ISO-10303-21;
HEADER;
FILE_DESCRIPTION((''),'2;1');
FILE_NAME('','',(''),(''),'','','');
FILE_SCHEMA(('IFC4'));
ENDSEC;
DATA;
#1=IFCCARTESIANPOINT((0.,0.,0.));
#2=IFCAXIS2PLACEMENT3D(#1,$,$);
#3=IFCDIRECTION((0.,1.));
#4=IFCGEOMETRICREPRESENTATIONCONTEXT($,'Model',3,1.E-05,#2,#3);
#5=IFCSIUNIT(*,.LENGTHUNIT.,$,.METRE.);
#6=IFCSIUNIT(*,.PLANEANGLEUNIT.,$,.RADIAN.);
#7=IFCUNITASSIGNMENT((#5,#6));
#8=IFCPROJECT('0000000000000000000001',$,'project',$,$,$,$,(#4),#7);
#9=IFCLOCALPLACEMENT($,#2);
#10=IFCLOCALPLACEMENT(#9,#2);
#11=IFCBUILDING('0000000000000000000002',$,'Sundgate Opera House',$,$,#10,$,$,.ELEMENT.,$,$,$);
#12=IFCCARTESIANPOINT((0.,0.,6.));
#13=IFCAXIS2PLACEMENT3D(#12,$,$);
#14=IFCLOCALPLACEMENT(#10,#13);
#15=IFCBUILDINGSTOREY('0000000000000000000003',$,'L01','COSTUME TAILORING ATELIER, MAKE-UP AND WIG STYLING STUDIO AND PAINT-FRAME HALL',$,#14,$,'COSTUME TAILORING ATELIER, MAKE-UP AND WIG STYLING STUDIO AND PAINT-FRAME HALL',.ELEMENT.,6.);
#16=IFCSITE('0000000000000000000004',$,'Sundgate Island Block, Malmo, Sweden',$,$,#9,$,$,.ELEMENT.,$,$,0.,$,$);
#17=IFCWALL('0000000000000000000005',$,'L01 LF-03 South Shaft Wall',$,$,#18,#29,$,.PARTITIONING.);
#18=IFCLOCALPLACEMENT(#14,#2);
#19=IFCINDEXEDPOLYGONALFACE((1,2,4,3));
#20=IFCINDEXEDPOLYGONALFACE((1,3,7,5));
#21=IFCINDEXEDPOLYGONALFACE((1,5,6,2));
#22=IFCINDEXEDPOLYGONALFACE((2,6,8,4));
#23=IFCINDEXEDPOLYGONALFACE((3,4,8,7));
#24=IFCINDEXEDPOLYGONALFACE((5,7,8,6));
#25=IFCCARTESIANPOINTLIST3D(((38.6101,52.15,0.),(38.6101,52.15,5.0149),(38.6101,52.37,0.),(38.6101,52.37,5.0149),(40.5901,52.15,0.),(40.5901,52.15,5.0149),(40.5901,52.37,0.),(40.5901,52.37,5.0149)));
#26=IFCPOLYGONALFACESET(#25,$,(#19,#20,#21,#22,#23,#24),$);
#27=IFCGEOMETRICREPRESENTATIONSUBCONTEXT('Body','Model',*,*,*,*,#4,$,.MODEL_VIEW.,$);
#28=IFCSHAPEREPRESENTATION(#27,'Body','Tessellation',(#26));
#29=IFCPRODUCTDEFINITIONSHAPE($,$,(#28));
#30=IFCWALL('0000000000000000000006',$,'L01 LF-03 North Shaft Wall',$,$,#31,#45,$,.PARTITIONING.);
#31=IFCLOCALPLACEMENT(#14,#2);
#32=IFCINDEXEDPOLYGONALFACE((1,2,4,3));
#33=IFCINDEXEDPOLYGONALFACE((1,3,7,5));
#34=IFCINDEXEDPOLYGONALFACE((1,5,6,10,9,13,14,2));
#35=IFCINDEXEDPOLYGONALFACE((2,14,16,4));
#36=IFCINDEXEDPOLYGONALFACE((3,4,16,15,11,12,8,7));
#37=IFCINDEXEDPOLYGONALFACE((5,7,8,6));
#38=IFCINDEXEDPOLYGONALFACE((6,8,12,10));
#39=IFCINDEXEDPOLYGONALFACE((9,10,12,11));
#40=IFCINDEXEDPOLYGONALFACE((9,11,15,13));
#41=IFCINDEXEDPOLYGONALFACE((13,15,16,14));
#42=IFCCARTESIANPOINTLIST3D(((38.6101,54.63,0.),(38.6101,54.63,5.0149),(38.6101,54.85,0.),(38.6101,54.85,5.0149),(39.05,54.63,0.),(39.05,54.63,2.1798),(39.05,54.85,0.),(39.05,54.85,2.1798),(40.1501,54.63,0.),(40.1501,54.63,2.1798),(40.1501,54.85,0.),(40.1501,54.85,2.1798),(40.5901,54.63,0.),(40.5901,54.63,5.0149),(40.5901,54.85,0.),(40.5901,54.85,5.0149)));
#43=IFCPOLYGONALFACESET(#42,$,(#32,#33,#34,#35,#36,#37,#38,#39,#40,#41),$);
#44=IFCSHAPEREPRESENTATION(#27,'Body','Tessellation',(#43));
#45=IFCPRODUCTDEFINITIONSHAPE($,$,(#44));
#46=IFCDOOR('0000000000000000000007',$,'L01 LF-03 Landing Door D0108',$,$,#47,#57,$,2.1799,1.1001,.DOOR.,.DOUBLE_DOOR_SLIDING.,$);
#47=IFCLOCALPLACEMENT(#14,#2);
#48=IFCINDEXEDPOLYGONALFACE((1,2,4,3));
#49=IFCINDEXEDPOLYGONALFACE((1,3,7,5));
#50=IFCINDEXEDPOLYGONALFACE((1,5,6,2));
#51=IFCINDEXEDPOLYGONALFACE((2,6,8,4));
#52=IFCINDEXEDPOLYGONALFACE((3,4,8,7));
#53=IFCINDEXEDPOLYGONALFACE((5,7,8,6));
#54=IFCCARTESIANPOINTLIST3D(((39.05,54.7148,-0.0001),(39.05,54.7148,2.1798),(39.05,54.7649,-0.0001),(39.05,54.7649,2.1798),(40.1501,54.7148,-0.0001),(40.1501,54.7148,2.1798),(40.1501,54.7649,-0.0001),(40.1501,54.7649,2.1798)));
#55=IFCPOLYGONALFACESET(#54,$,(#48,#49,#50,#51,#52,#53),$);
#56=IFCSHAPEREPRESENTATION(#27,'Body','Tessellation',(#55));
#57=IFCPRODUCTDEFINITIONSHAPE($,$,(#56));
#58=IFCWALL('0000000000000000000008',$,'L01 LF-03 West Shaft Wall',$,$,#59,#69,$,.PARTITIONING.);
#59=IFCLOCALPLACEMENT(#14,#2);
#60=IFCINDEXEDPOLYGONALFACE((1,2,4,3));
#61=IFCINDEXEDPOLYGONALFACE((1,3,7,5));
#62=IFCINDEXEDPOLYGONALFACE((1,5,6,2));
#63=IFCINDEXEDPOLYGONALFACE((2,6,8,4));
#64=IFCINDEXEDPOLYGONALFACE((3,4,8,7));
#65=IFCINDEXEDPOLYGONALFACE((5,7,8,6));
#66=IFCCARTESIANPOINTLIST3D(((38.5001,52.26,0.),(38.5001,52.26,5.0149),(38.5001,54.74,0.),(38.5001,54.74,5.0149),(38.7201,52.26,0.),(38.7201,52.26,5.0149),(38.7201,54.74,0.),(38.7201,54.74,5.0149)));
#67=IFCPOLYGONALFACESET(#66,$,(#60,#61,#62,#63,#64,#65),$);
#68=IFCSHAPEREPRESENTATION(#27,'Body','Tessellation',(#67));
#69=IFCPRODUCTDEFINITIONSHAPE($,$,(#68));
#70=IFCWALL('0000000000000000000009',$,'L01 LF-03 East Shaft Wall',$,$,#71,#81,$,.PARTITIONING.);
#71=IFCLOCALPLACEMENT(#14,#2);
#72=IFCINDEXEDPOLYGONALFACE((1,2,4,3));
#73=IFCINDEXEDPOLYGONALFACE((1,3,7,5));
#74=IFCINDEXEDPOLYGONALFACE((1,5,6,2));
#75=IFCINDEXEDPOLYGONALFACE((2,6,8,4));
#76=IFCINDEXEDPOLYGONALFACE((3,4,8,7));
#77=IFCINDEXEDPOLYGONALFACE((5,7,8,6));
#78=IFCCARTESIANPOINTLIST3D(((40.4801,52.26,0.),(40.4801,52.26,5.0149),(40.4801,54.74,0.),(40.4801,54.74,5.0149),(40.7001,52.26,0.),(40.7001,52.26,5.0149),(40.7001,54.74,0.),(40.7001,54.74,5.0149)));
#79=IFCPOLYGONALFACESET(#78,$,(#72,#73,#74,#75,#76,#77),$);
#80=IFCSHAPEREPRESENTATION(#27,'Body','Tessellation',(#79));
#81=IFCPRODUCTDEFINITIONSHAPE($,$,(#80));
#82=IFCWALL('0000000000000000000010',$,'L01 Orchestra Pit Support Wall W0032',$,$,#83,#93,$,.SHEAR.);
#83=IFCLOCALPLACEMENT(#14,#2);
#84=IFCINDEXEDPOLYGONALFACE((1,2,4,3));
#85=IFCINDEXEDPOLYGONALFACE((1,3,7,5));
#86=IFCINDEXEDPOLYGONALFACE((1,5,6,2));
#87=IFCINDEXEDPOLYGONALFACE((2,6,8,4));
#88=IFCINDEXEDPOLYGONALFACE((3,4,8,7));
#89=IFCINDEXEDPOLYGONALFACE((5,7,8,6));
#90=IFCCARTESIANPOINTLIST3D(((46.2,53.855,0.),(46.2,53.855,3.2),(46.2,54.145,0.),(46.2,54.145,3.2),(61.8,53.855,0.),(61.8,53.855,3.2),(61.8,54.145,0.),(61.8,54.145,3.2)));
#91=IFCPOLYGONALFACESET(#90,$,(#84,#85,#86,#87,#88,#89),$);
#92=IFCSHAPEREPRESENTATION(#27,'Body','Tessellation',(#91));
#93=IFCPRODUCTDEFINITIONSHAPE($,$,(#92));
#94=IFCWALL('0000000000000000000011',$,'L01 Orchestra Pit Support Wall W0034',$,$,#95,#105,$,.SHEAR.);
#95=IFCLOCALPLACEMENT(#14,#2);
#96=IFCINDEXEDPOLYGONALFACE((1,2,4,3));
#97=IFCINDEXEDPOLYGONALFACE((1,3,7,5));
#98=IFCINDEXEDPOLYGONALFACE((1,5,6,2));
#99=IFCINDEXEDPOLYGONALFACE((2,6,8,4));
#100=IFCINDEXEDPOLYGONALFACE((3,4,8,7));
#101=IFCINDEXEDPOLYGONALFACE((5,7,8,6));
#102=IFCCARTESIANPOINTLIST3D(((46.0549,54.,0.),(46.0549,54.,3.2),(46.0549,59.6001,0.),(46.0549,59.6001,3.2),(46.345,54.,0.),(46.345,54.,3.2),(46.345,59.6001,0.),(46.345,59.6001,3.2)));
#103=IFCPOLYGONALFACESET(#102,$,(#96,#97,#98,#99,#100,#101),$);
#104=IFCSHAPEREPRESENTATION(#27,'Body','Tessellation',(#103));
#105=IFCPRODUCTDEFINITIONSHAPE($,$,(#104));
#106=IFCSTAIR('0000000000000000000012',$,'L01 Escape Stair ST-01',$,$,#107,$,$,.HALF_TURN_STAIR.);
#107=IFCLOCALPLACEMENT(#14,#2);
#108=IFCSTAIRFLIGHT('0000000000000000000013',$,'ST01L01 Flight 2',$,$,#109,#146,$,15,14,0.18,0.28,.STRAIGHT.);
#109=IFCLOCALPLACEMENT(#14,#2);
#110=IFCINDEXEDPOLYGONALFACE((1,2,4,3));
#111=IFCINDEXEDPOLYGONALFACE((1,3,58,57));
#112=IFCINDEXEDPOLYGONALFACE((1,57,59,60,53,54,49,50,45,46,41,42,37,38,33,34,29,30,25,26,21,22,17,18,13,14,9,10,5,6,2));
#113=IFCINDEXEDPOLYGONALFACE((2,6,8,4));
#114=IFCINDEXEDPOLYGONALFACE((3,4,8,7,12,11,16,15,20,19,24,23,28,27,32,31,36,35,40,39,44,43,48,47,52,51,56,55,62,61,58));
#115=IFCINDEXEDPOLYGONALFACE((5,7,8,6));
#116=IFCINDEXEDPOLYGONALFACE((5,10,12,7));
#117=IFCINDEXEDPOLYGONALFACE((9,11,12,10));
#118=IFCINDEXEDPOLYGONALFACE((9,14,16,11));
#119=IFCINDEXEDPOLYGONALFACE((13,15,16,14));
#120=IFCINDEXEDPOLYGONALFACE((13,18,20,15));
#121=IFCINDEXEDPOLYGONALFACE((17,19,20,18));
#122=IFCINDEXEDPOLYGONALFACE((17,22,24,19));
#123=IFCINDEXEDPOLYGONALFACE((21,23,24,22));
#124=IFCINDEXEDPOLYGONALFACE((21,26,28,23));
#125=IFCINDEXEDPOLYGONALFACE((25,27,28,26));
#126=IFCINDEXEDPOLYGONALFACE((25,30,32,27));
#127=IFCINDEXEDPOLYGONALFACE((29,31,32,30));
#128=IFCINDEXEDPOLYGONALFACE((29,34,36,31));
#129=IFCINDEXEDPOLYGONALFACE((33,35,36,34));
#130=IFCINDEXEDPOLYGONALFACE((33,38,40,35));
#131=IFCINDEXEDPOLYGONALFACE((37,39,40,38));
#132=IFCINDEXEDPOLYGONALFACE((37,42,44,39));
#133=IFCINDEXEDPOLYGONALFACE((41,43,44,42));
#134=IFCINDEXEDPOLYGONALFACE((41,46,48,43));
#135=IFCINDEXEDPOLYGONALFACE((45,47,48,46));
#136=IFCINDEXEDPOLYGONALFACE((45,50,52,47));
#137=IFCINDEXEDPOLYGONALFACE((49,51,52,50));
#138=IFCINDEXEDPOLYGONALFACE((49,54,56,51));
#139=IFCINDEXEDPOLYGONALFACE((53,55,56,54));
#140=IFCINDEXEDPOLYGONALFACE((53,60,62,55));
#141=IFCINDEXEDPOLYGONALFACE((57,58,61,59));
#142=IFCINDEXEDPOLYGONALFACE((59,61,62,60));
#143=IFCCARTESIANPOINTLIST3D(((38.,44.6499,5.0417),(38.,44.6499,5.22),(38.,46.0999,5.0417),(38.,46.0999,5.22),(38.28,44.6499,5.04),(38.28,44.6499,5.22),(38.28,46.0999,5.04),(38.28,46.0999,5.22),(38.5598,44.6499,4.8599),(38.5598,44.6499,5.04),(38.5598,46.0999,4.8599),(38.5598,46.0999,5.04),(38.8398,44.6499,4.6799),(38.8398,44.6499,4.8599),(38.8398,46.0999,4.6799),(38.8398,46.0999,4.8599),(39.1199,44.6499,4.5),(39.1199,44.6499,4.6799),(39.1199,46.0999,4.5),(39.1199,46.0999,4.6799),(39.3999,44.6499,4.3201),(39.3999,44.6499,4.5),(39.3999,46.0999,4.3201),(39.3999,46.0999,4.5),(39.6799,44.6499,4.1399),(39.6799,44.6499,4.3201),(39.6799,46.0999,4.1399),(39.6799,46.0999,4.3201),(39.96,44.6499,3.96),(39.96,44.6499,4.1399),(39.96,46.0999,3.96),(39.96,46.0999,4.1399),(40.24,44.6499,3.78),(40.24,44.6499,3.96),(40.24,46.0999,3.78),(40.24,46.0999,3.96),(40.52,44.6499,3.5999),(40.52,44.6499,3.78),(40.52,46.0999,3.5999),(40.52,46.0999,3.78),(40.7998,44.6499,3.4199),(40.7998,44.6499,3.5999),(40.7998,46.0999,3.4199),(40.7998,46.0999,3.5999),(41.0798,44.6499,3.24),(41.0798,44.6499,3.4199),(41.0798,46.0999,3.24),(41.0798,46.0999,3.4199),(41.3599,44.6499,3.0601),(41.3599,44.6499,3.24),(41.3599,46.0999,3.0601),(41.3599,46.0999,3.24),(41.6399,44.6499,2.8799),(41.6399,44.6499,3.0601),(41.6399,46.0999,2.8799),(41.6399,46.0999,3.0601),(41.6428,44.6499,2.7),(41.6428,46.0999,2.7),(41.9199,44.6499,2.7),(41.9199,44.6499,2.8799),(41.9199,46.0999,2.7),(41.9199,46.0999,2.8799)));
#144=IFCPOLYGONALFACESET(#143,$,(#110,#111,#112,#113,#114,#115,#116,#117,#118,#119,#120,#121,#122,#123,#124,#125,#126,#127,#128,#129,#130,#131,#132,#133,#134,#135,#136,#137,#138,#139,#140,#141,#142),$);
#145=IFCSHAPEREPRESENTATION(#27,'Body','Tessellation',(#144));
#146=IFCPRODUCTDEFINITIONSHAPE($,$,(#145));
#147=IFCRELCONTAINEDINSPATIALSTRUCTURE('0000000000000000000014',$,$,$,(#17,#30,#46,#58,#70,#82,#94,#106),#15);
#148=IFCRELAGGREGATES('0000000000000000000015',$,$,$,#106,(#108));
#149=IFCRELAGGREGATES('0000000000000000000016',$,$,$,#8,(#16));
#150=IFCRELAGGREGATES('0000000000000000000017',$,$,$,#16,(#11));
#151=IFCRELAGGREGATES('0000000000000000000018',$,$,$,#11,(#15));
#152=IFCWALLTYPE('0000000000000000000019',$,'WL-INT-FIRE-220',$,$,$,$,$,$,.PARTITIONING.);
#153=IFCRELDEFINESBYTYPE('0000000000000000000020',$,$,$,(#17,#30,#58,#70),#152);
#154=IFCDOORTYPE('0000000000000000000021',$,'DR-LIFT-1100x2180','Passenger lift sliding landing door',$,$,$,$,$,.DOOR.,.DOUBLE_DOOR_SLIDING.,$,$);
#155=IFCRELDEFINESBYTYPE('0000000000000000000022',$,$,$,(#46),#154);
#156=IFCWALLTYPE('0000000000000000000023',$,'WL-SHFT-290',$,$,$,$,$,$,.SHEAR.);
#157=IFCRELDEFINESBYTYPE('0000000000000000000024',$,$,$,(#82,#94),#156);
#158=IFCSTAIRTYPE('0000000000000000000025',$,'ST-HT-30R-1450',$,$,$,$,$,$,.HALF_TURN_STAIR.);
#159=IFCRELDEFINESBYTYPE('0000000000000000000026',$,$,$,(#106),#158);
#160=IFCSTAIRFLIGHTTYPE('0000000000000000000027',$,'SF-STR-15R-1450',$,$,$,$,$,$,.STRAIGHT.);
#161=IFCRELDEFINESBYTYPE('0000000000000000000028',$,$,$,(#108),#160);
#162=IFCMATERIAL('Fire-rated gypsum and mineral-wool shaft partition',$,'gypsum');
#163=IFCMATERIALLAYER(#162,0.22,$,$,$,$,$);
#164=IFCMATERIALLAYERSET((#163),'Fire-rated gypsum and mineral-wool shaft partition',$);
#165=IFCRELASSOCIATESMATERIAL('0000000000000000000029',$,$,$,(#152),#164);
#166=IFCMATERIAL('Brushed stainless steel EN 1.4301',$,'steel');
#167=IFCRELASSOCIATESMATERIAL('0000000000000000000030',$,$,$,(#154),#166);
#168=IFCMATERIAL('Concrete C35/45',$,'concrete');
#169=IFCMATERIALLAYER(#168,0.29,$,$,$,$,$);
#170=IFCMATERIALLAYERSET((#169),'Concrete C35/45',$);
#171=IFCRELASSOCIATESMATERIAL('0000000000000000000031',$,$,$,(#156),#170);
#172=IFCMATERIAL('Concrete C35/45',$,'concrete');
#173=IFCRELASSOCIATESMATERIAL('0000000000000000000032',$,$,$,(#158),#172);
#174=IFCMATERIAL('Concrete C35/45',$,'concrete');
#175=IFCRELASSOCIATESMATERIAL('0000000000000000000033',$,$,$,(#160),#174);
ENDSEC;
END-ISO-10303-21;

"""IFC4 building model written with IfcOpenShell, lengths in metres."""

from ifc_helpers import new_model, si_unit, direction, frame, frame_2d, origin, place, context, subcontext, project, spatial, polyline, rectangle, outline, extrude, material, layer, layer_set, type_object, element, fill, aggregate, save


model = new_model("IFC4")

# Units and contexts
model_context = context("Model", 3, precision=1e-05, world=origin(), true_north=direction((0.0, 1.0)))
body_context = subcontext(model_context, "Body", "Model", "MODEL_VIEW")
ifc_project = project(units=[si_unit("LENGTHUNIT", "METRE"), si_unit("PLANEANGLEUNIT", "RADIAN")], contexts=[model_context])

# Site, building, storey
site_placement = place(None, origin())
site = spatial("IfcSite", under=ifc_project, at=site_placement, Name="Sundgate Island Block, Malmo, Sweden", CompositionType="ELEMENT", RefElevation=0.0)
building_placement = place(site_placement, origin())
building = spatial("IfcBuilding", under=site, at=building_placement, Name="Sundgate Opera House", CompositionType="ELEMENT")
storey_placement = place(building_placement, frame((0.0, 0.0, 6.0)))
storey = spatial("IfcBuildingStorey", under=building, at=storey_placement, Name="L01", Description="COSTUME TAILORING ATELIER, MAKE-UP AND WIG STYLING STUDIO AND PAINT-FRAME HALL", LongName="COSTUME TAILORING ATELIER, MAKE-UP AND WIG STYLING STUDIO AND PAINT-FRAME HALL", CompositionType="ELEMENT", Elevation=6.0)

# Wall
ifc_material_1 = material(Name="Fire-rated gypsum and mineral-wool shaft partition", Category="gypsum")
ifc_layer_1 = layer(ifc_material_1, 0.22)
ifc_layer_set_1 = layer_set([ifc_layer_1], Name="Fire-rated gypsum and mineral-wool shaft partition")
wall_type_1 = type_object("IfcWallType", Name="WL-INT-FIRE-220", PredefinedType="PARTITIONING", material=ifc_layer_set_1)
wall_1_placement = place(storey_placement, frame((38.6101, 52.26, 0.0), z_axis=(0.0, 0.0, 1.0), x_axis=(1.0, 0.0, 0.0)))
element("IfcWall", 1, at=wall_1_placement, inside=storey, type_object=wall_type_1, Name="L01 LF-03 South Shaft Wall", PredefinedType="PARTITIONING", context=body_context, shape_type="SweptSolid", body=[
    extrude(rectangle(XDim=1.98, YDim=0.22, at=frame_2d((0.99, 0.0))), origin(), (0.0, 0.0, 1.0), 5.0149),
])

# Wall, opening, door
wall_2_placement = place(storey_placement, frame((38.6101, 54.74, 0.0), z_axis=(0.0, 0.0, 1.0), x_axis=(1.0, 0.0, 0.0)))
wall_2 = element("IfcWall", 2, at=wall_2_placement, inside=storey, type_object=wall_type_1, Name="L01 LF-03 North Shaft Wall", PredefinedType="PARTITIONING", context=body_context, shape_type="SweptSolid", body=[
    extrude(rectangle(XDim=1.98, YDim=0.22, at=frame_2d((0.99, 0.0))), origin(), (0.0, 0.0, 1.0), 5.0149),
])
opening_1_placement = place(wall_2_placement, frame((0.4399, 0.0, 0.0)))
opening_1 = element("IfcOpeningElement", 3, at=opening_1_placement, cuts=wall_2, PredefinedType="OPENING", context=body_context, shape_type="SweptSolid", body=[
    extrude(rectangle(XDim=1.1001, YDim=2.1799, at=frame_2d((0.55, 1.0898))), frame((0.0, 0.1199, 0.0), z_axis=(0.0, -1.0, 0.0), x_axis=(1.0, 0.0, 0.0)), (0.0, 0.0, 1.0), 0.24),
])
ifc_material_2 = material(Name="Brushed stainless steel EN 1.4301", Category="steel")
door_type_1 = type_object("IfcDoorType", Name="DR-LIFT-1100x2180", Description="Passenger lift sliding landing door", OperationType="DOUBLE_DOOR_SLIDING", PredefinedType="DOOR", material=ifc_material_2)
door_1_placement = place(opening_1_placement, origin())
door_1 = element("IfcDoor", 4, at=door_1_placement, inside=storey, type_object=door_type_1, Name="L01 LF-03 Landing Door D0108", OperationType="DOUBLE_DOOR_SLIDING", OverallHeight=2.1799, OverallWidth=1.1001, PredefinedType="DOOR", context=body_context, shape_type="SweptSolid", body=[
    extrude(rectangle(XDim=1.1001, YDim=2.1799, at=frame_2d((0.55, 1.0898))), frame((0.0, 0.0249, 0.0), z_axis=(0.0, -1.0, 0.0), x_axis=(1.0, 0.0, 0.0)), (0.0, 0.0, 1.0), 0.05),
])
fill(opening_1, door_1)

# Walls
for number, where, z_axis, x_axis, name in (
    (5, (38.6101, 52.26, 0.0), (0.0, 0.0, 1.0), (0.0, 1.0, 0.0), "L01 LF-03 West Shaft Wall"),
    (6, (40.5901, 52.26, 0.0), (0.0, 0.0, 1.0), (0.0, 1.0, 0.0), "L01 LF-03 East Shaft Wall"),
):
    element("IfcWall", number, at=place(storey_placement, frame(where, z_axis=z_axis, x_axis=x_axis)), inside=storey, type_object=wall_type_1, Name=name, PredefinedType="PARTITIONING", context=body_context, shape_type="SweptSolid", body=[
        extrude(rectangle(XDim=2.48, YDim=0.22, at=frame_2d((1.24, 0.0))), origin(), (0.0, 0.0, 1.0), 5.0149),
    ])
ifc_material_3 = material(Name="Concrete C35/45", Category="concrete")
ifc_layer_2 = layer(ifc_material_3, 0.29)
ifc_layer_set_2 = layer_set([ifc_layer_2], Name="Concrete C35/45")
wall_type_2 = type_object("IfcWallType", Name="WL-SHFT-290", PredefinedType="SHEAR", material=ifc_layer_set_2)
wall_3_placement = place(storey_placement, frame((46.2, 54.0, 0.0), z_axis=(0.0, 0.0, 1.0), x_axis=(1.0, 0.0, 0.0)))
element("IfcWall", 7, at=wall_3_placement, inside=storey, type_object=wall_type_2, Name="L01 Orchestra Pit Support Wall W0032", PredefinedType="SHEAR", context=body_context, shape_type="SweptSolid", body=[
    extrude(rectangle(XDim=15.6001, YDim=0.29, at=frame_2d((7.8, 0.0))), origin(), (0.0, 0.0, 1.0), 3.2),
])
wall_4_placement = place(storey_placement, frame((46.2, 54.0, 0.0), z_axis=(0.0, 0.0, 1.0), x_axis=(0.0, 1.0, 0.0)))
element("IfcWall", 8, at=wall_4_placement, inside=storey, type_object=wall_type_2, Name="L01 Orchestra Pit Support Wall W0034", PredefinedType="SHEAR", context=body_context, shape_type="SweptSolid", body=[
    extrude(rectangle(XDim=5.6001, YDim=0.29, at=frame_2d((2.8, 0.0))), origin(), (0.0, 0.0, 1.0), 3.2),
])

# Stair, stair flight
ifc_material_4 = material(Name="Concrete C35/45", Category="concrete")
stair_type = type_object("IfcStairType", Name="ST-HT-30R-1450", PredefinedType="HALF_TURN_STAIR", material=ifc_material_4)
stair_placement = place(storey_placement, origin())
stair = element("IfcStair", 9, at=stair_placement, inside=storey, type_object=stair_type, Name="L01 Escape Stair ST-01", PredefinedType="HALF_TURN_STAIR")
ifc_material_5 = material(Name="Concrete C35/45", Category="concrete")
stair_flight_type = type_object("IfcStairFlightType", Name="SF-STR-15R-1450", PredefinedType="STRAIGHT", material=ifc_material_5)
stair_flight_placement = place(storey_placement, frame((41.9199, 45.375, 2.7), z_axis=(0.0, 0.0, 1.0), x_axis=(-1.0, 0.0, 0.0)))
stair_flight = element("IfcStairFlight", 10, at=stair_flight_placement, type_object=stair_flight_type, Name="ST01L01 Flight 2", NumberOfRisers=15, NumberOfTreads=14, PredefinedType="STRAIGHT", RiserHeight=0.18, TreadLength=0.28, context=body_context, shape_type="SweptSolid", body=[
    extrude(outline(polyline([(0.0, 0.0), (0.0, 0.1799), (0.28, 0.1799), (0.28, 0.3601), (0.5601, 0.3601), (0.5601, 0.54), (0.8401, 0.54), (0.8401, 0.72), (1.1201, 0.72), (1.1201, 0.8999), (1.3999, 0.8999), (1.3999, 1.0801), (1.6799, 1.0801), (1.6799, 1.26), (1.96, 1.26), (1.96, 1.4399), (2.24, 1.4399), (2.24, 1.6201), (2.52, 1.6201), (2.52, 1.8), (2.8, 1.8), (2.8, 1.98), (3.0801, 1.98), (3.0801, 2.1599), (3.3601, 2.1599), (3.3601, 2.3401), (3.6399, 2.3401), (3.6399, 2.52), (3.9199, 2.52), (3.9199, 2.7), (3.9199, 2.3418), (0.2771, 0.0), (0.0, 0.0)])), frame((0.0, 0.7251, 0.0), z_axis=(0.0, -1.0, 0.0), x_axis=(1.0, 0.0, 0.0)), (0.0, 0.0, 1.0), 1.45),
])
aggregate(stair, [stair_flight])

save(model, "model.ifc")
